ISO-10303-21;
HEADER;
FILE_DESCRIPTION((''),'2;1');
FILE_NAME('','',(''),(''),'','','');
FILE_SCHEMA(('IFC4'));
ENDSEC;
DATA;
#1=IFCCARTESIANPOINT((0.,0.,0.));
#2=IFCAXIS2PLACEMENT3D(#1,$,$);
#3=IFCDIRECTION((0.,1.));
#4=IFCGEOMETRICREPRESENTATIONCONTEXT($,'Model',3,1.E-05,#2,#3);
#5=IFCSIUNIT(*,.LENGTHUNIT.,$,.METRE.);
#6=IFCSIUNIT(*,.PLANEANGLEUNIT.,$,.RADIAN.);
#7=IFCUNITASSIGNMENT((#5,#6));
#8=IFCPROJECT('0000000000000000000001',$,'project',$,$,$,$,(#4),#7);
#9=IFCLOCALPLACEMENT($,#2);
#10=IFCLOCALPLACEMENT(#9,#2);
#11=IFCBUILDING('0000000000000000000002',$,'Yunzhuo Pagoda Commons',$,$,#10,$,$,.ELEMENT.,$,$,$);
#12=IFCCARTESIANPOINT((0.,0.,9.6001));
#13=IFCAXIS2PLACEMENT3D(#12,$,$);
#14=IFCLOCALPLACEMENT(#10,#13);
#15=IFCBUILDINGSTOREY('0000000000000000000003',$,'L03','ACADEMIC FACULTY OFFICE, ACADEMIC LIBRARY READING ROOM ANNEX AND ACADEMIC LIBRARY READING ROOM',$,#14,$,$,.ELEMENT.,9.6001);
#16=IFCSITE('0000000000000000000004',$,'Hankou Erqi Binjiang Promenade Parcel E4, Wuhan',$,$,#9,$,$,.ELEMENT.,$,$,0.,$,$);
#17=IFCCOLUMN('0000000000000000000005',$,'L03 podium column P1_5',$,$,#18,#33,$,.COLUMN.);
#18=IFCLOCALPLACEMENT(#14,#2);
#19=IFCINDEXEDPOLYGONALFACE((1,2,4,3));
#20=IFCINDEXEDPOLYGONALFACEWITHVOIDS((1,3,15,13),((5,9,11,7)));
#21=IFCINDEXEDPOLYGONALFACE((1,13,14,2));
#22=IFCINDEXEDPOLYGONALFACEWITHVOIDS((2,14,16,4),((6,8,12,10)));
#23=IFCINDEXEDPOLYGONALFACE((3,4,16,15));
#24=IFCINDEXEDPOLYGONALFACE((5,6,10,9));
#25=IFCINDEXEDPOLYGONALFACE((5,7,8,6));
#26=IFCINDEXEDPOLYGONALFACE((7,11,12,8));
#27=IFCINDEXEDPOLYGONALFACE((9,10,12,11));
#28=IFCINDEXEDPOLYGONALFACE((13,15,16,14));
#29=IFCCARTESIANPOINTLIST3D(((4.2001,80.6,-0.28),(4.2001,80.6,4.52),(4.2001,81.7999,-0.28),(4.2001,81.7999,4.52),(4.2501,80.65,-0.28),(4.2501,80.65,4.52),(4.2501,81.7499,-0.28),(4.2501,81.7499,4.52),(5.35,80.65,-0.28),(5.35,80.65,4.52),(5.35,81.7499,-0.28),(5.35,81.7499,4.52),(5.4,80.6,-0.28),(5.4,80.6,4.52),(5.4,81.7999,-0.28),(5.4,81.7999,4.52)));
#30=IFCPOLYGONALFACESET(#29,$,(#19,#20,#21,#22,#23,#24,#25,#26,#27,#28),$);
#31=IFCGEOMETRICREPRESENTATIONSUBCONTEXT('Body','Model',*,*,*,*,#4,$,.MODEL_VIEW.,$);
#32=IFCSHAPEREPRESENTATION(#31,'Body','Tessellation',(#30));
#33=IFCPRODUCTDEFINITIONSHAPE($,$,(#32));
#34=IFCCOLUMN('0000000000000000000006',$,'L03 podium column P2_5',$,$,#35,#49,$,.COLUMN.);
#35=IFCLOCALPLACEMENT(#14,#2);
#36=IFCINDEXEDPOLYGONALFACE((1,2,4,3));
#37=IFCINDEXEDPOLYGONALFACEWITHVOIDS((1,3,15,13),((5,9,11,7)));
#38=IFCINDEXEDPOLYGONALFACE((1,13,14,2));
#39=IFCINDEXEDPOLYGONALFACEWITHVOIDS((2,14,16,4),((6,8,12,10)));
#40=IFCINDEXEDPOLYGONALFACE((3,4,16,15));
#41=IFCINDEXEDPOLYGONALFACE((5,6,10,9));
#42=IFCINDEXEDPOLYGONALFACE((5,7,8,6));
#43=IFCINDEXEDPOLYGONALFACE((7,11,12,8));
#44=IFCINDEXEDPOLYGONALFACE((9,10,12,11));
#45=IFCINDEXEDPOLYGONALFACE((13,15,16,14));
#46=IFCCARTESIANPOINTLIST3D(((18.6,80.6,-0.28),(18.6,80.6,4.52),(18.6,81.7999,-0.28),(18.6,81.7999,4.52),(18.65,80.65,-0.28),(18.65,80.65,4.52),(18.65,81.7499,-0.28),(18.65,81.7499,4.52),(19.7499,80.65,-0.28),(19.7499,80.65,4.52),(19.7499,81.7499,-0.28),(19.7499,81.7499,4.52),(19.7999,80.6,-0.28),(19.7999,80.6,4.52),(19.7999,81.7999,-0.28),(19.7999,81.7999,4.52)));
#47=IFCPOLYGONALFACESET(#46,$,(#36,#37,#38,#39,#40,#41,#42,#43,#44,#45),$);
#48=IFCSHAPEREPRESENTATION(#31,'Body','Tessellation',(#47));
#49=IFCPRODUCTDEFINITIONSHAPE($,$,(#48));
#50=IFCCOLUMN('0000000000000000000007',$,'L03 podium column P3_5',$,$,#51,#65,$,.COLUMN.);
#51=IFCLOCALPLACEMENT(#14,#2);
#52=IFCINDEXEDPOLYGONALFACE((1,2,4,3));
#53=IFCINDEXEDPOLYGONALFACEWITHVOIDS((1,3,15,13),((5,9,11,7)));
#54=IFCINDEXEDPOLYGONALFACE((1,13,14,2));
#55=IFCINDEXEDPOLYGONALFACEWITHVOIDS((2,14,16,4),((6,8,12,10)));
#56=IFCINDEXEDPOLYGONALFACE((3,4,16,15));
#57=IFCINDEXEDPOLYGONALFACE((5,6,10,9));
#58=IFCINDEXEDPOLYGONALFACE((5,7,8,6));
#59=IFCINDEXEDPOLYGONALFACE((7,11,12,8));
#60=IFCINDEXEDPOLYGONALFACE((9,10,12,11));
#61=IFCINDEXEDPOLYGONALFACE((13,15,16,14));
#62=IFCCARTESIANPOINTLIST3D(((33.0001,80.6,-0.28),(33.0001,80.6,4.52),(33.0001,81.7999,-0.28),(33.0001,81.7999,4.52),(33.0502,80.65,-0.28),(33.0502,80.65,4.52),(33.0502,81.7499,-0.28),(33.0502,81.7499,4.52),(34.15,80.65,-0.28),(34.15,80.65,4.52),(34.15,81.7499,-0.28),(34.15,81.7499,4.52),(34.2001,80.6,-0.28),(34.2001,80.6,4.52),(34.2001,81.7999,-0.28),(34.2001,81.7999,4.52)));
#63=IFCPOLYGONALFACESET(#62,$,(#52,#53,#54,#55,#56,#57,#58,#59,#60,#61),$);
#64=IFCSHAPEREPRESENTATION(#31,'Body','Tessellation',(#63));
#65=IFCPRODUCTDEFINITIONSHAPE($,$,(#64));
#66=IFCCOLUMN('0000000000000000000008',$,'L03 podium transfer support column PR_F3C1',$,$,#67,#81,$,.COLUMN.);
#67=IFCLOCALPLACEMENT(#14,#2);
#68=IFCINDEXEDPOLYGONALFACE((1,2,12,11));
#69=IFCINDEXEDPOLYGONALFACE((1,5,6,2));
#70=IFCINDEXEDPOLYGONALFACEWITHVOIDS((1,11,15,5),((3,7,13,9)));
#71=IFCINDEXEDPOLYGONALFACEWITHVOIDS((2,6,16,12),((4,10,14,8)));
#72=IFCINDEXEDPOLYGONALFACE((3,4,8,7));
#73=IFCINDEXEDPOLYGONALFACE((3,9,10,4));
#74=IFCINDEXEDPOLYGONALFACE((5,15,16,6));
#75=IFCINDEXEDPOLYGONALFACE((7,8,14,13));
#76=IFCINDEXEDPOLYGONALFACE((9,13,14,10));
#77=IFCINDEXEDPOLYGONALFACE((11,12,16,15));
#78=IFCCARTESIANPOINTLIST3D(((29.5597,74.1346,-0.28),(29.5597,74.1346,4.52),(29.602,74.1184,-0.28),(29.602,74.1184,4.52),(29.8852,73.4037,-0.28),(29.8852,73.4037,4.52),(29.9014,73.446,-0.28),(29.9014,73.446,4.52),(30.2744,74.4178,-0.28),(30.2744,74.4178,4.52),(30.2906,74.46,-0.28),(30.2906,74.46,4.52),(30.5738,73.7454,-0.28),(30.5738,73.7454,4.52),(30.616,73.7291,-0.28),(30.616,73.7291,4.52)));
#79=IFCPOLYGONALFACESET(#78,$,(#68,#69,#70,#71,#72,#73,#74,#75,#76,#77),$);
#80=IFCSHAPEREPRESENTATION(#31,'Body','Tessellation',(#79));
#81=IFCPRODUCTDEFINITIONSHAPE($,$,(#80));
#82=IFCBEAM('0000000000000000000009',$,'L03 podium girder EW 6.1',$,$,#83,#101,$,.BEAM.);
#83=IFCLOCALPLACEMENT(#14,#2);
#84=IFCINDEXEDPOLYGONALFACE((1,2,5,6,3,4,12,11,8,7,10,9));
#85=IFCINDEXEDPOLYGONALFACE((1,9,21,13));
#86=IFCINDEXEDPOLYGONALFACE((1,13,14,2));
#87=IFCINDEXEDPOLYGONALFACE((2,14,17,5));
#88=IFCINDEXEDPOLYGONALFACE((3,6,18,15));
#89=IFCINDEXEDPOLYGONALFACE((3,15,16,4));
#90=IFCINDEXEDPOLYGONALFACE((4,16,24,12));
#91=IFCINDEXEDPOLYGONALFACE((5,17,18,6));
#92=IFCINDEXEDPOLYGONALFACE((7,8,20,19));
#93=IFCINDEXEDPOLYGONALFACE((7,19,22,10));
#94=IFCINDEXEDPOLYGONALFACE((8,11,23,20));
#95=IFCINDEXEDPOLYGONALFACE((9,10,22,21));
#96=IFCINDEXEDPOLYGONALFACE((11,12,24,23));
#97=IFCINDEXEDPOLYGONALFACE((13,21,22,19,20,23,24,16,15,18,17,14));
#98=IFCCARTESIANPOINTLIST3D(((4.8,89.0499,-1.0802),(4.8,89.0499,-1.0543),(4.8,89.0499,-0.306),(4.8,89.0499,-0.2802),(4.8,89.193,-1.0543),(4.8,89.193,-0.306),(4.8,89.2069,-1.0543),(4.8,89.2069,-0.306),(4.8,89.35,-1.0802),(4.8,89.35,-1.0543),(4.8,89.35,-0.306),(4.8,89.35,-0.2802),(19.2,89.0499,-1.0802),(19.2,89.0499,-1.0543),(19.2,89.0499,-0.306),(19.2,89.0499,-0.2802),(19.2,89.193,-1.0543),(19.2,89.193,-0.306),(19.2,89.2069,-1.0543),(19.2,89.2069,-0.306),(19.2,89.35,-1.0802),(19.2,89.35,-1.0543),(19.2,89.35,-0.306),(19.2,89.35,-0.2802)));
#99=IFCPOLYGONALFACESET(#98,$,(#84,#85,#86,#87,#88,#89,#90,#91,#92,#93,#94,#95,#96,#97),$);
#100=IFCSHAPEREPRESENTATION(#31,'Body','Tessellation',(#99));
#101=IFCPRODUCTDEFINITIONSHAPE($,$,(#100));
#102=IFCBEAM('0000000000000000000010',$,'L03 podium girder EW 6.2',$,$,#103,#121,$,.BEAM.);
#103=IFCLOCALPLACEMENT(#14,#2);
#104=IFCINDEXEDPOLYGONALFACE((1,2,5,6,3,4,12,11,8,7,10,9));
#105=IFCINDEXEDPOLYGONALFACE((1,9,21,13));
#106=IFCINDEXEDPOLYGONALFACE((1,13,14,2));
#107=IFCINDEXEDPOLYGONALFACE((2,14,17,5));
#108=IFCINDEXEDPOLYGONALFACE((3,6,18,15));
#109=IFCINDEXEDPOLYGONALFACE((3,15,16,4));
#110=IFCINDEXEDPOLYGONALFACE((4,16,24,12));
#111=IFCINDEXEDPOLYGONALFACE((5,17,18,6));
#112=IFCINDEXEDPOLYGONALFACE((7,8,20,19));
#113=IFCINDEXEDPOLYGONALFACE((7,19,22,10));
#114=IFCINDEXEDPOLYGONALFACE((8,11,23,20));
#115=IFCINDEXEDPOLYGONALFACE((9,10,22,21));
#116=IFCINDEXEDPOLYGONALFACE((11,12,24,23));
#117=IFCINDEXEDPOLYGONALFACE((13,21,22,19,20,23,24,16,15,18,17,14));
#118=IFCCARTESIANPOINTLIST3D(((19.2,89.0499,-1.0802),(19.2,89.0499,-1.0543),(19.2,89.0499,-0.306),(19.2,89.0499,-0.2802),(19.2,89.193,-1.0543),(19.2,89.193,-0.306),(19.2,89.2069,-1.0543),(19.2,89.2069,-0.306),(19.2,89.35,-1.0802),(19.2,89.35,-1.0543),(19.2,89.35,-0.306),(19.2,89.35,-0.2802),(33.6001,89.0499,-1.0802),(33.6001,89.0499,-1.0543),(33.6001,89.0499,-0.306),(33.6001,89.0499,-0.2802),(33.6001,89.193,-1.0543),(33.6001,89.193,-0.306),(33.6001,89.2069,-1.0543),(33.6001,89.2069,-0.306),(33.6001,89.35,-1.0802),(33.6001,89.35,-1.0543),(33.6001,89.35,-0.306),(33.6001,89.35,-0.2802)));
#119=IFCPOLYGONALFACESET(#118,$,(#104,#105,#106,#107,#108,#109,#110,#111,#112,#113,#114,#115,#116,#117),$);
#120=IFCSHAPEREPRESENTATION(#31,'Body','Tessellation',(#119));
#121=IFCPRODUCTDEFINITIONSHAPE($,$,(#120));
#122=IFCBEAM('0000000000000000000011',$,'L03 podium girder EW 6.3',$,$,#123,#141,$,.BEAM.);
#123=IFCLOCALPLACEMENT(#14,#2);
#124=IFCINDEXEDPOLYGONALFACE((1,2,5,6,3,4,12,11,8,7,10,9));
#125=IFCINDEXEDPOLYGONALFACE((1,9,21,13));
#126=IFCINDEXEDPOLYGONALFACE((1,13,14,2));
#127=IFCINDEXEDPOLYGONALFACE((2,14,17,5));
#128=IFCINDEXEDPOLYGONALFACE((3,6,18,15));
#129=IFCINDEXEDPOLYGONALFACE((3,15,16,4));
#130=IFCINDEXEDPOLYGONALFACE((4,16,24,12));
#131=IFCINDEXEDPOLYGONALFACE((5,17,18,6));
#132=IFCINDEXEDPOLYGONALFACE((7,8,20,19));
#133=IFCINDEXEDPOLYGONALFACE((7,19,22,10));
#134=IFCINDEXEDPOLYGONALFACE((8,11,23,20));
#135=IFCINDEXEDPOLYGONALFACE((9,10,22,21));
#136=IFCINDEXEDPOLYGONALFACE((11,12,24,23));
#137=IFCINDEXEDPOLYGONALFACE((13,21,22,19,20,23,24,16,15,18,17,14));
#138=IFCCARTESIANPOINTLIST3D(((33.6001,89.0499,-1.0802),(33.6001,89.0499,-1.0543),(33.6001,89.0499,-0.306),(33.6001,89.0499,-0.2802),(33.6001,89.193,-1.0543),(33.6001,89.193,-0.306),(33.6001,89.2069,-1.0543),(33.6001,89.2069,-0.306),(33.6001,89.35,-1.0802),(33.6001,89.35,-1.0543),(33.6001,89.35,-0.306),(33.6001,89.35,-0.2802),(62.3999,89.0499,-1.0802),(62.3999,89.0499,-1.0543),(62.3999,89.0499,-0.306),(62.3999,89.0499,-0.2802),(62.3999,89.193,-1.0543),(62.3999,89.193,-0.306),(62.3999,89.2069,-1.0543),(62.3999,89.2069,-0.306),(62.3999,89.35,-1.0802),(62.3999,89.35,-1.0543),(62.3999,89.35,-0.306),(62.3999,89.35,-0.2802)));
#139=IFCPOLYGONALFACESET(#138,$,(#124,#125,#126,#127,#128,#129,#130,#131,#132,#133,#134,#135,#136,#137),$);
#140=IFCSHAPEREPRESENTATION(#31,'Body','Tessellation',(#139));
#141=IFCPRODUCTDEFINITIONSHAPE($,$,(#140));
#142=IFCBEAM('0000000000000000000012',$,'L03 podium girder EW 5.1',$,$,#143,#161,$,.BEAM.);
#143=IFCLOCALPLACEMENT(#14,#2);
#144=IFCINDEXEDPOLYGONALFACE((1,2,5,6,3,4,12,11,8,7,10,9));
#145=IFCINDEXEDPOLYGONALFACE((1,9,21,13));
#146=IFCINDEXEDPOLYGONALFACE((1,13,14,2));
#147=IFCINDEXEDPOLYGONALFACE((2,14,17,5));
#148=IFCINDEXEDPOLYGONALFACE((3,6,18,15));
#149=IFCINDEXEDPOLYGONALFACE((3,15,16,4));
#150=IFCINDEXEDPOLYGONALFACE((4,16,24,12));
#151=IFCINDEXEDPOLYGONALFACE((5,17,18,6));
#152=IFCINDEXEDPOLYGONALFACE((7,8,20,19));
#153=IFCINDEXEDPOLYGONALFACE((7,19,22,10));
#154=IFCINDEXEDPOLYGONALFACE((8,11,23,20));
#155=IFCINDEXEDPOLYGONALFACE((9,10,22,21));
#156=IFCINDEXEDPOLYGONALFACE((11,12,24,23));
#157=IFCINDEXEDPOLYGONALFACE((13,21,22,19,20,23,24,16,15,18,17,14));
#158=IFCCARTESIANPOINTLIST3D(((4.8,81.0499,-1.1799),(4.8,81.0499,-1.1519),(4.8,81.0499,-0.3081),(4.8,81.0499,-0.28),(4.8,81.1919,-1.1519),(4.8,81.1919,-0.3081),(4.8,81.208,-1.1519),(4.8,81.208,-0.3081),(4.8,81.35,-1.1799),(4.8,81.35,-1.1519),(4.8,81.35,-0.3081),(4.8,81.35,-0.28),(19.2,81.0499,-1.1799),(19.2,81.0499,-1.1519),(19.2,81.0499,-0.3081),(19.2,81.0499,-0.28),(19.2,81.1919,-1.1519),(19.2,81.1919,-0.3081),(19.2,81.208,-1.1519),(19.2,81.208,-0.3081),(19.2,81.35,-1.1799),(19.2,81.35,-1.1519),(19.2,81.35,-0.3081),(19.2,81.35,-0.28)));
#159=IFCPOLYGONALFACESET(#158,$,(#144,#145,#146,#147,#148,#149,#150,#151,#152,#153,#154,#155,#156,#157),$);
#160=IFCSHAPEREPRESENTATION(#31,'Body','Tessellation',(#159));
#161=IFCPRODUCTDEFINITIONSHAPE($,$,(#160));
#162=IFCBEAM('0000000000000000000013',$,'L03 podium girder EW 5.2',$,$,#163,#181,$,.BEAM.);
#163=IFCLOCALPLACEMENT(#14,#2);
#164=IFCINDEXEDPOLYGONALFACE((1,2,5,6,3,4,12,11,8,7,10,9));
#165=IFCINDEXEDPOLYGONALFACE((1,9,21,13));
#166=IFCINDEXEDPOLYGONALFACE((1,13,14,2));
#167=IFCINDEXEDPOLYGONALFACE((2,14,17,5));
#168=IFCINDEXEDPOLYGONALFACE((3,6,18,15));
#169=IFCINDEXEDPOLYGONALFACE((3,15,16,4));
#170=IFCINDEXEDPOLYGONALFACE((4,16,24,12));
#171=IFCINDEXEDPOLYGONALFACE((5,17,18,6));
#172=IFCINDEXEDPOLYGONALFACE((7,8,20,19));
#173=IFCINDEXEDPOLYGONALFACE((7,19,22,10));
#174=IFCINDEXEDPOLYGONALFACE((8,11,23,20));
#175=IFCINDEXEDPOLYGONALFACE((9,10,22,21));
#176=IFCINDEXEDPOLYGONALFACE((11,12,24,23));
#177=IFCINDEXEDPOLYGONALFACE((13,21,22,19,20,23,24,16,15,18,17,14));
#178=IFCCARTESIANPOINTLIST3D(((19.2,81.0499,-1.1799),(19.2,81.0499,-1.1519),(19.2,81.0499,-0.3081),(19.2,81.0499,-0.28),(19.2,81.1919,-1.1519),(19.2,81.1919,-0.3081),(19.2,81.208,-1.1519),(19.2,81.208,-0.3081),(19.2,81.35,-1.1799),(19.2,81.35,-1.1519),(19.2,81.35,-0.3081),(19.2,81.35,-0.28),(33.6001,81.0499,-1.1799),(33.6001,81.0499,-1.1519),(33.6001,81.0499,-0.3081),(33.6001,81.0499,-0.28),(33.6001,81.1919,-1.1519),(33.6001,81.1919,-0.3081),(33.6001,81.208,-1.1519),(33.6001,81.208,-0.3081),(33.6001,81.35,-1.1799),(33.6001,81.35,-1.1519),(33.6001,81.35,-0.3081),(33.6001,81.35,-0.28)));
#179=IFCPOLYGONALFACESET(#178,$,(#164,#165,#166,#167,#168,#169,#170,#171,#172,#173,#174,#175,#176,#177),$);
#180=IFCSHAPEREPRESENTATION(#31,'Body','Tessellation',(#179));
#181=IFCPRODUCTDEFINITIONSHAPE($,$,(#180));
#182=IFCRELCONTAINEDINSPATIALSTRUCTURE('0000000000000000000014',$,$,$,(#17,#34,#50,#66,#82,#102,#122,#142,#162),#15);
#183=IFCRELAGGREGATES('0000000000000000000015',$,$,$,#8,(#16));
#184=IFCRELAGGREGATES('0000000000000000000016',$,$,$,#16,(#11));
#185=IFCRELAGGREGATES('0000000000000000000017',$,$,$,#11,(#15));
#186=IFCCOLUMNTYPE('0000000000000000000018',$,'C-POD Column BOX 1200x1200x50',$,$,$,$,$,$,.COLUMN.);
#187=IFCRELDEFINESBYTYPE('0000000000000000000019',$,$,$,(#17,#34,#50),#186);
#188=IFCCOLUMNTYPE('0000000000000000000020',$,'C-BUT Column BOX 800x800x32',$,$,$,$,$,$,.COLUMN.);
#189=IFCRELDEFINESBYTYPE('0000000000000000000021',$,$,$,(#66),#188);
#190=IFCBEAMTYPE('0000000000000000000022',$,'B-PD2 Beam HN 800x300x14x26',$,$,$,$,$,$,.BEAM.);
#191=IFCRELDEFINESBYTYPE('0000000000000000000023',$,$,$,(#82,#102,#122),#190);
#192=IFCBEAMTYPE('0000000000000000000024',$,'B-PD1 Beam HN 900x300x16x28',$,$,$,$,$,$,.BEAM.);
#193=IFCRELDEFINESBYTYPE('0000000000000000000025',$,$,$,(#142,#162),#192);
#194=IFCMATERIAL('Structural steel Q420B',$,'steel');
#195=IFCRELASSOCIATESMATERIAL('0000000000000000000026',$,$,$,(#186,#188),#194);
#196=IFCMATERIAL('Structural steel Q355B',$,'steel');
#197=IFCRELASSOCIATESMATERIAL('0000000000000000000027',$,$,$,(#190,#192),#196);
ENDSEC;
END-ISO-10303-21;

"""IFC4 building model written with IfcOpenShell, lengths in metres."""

from ifc_helpers import new_model, si_unit, direction, frame, origin, origin_2d, place, context, subcontext, project, spatial, hollow_rectangle, i_section, extrude, source, transform, mapped, material, material_profile, profile_set, type_object, element, save


model = new_model("IFC4")

# Units and contexts
model_context = context("Model", 3, precision=1e-05, world=origin(), true_north=direction((0.0, 1.0)))
body_context = subcontext(model_context, "Body", "Model", "MODEL_VIEW")
ifc_project = project(units=[si_unit("LENGTHUNIT", "METRE"), si_unit("PLANEANGLEUNIT", "RADIAN")], contexts=[model_context])

# Site, building, storey
site_placement = place(None, origin())
site = spatial("IfcSite", under=ifc_project, at=site_placement, Name="Hankou Erqi Binjiang Promenade Parcel E4, Wuhan", CompositionType="ELEMENT", RefElevation=0.0)
building_placement = place(site_placement, origin())
building = spatial("IfcBuilding", under=site, at=building_placement, Name="Yunzhuo Pagoda Commons", CompositionType="ELEMENT")
storey_placement = place(building_placement, frame((0.0, 0.0, 9.6001)))
storey = spatial("IfcBuildingStorey", under=building, at=storey_placement, Name="L03", Description="ACADEMIC FACULTY OFFICE, ACADEMIC LIBRARY READING ROOM ANNEX AND ACADEMIC LIBRARY READING ROOM", CompositionType="ELEMENT", Elevation=9.6001)

# Columns
ifc_material_1 = material(Name="Structural steel Q420B", Category="steel")
ifc_material_profile_1 = material_profile(ifc_material_1, hollow_rectangle(XDim=1.2, YDim=1.2, WallThickness=0.05, at=origin_2d()), Name="Structural steel Q420B")
ifc_profile_set_1 = profile_set([ifc_material_profile_1], Name="Structural steel Q420B")
column_type_1 = type_object("IfcColumnType", Name="C-POD Column BOX 1200x1200x50", PredefinedType="COLUMN", material=ifc_profile_set_1)
shared_shape_1 = source(origin(), body_context, "Body", "SweptSolid", [
    extrude(hollow_rectangle(XDim=1.2, YDim=1.2, WallThickness=0.05, at=origin_2d()), origin(), (0.0, 0.0, 1.0), 4.8),
])
for number, where, z_axis, x_axis, name in (
    (1, (4.8, 81.2, -0.28), (0.0, 0.0, 1.0), (1.0, 0.0, 0.0), "L03 podium column P1_5"),
    (2, (19.2, 81.2, -0.28), (0.0, 0.0, 1.0), (1.0, 0.0, 0.0), "L03 podium column P2_5"),
    (3, (33.6001, 81.2, -0.28), (0.0, 0.0, 1.0), (1.0, 0.0, 0.0), "L03 podium column P3_5"),
):
    element("IfcColumn", number, at=place(storey_placement, frame(where, z_axis=z_axis, x_axis=x_axis)), inside=storey, type_object=column_type_1, Name=name, PredefinedType="COLUMN", context=body_context, shape_type="MappedRepresentation", body=[
        mapped(shared_shape_1, transform((0.0, 0.0, 0.0), scale=1.0)),
    ])
ifc_material_profile_2 = material_profile(ifc_material_1, hollow_rectangle(XDim=0.8, YDim=0.8, WallThickness=0.032, at=origin_2d()), Name="Structural steel Q420B")
ifc_profile_set_2 = profile_set([ifc_material_profile_2], Name="Structural steel Q420B")
column_type_2 = type_object("IfcColumnType", Name="C-BUT Column BOX 800x800x32", PredefinedType="COLUMN", material=ifc_profile_set_2)
shared_shape_2 = source(origin(), body_context, "Body", "SweptSolid", [
    extrude(hollow_rectangle(XDim=0.8, YDim=0.8, WallThickness=0.032, at=origin_2d()), origin(), (0.0, 0.0, 1.0), 4.8),
])
column_placement = place(storey_placement, frame((30.0879, 73.9319, -0.28), z_axis=(0.0, 0.0, 1.0), x_axis=(-0.913545, -0.406737, 0.0)))
element("IfcColumn", 4, at=column_placement, inside=storey, type_object=column_type_2, Name="L03 podium transfer support column PR_F3C1", PredefinedType="COLUMN", context=body_context, shape_type="MappedRepresentation", body=[
    mapped(shared_shape_2, transform((0.0, 0.0, 0.0), scale=1.0)),
])

# Beams
ifc_material_2 = material(Name="Structural steel Q355B", Category="steel")
ifc_material_profile_3 = material_profile(ifc_material_2, i_section(OverallWidth=0.3, OverallDepth=0.8, WebThickness=0.0139, FlangeThickness=0.0259, at=origin_2d()), Name="Structural steel Q355B")
ifc_profile_set_3 = profile_set([ifc_material_profile_3], Name="Structural steel Q355B")
beam_type_1 = type_object("IfcBeamType", Name="B-PD2 Beam HN 800x300x14x26", PredefinedType="BEAM", material=ifc_profile_set_3)
shared_shape_3 = source(origin(), body_context, "Body", "SweptSolid", [
    extrude(i_section(OverallWidth=0.3, OverallDepth=0.8, WebThickness=0.0139, FlangeThickness=0.0259, at=origin_2d()), origin(), (0.0, 0.0, 1.0), 14.3999),
])
beam_1_placement = place(storey_placement, frame((4.8, 89.2, -0.6802), z_axis=(1.0, 0.0, 0.0), x_axis=(0.0, 1.0, 0.0)))
element("IfcBeam", 5, at=beam_1_placement, inside=storey, type_object=beam_type_1, Name="L03 podium girder EW 6.1", PredefinedType="BEAM", context=body_context, shape_type="MappedRepresentation", body=[
    mapped(shared_shape_3, transform((0.0, 0.0, 0.0), scale=1.0)),
])
shared_shape_4 = source(origin(), body_context, "Body", "SweptSolid", [
    extrude(i_section(OverallWidth=0.3, OverallDepth=0.8, WebThickness=0.0139, FlangeThickness=0.0259, at=origin_2d()), origin(), (0.0, 0.0, 1.0), 14.4001),
])
beam_2_placement = place(storey_placement, frame((19.2, 89.2, -0.6802), z_axis=(1.0, 0.0, 0.0), x_axis=(0.0, 1.0, 0.0)))
element("IfcBeam", 6, at=beam_2_placement, inside=storey, type_object=beam_type_1, Name="L03 podium girder EW 6.2", PredefinedType="BEAM", context=body_context, shape_type="MappedRepresentation", body=[
    mapped(shared_shape_4, transform((0.0, 0.0, 0.0), scale=1.0)),
])
shared_shape_5 = source(origin(), body_context, "Body", "SweptSolid", [
    extrude(i_section(OverallWidth=0.3, OverallDepth=0.8, WebThickness=0.0139, FlangeThickness=0.0259, at=origin_2d()), origin(), (0.0, 0.0, 1.0), 28.7998),
])
beam_3_placement = place(storey_placement, frame((33.6001, 89.2, -0.6802), z_axis=(1.0, 0.0, 0.0), x_axis=(0.0, 1.0, 0.0)))
element("IfcBeam", 7, at=beam_3_placement, inside=storey, type_object=beam_type_1, Name="L03 podium girder EW 6.3", PredefinedType="BEAM", context=body_context, shape_type="MappedRepresentation", body=[
    mapped(shared_shape_5, transform((0.0, 0.0, 0.0), scale=1.0)),
])
ifc_material_profile_4 = material_profile(ifc_material_2, i_section(OverallWidth=0.3, OverallDepth=0.8999, WebThickness=0.0161, FlangeThickness=0.0281, at=origin_2d()), Name="Structural steel Q355B")
ifc_profile_set_4 = profile_set([ifc_material_profile_4], Name="Structural steel Q355B")
beam_type_2 = type_object("IfcBeamType", Name="B-PD1 Beam HN 900x300x16x28", PredefinedType="BEAM", material=ifc_profile_set_4)
shared_shape_6 = source(origin(), body_context, "Body", "SweptSolid", [
    extrude(i_section(OverallWidth=0.3, OverallDepth=0.8999, WebThickness=0.0161, FlangeThickness=0.0281, at=origin_2d()), origin(), (0.0, 0.0, 1.0), 14.3999),
])
beam_4_placement = place(storey_placement, frame((4.8, 81.2, -0.73), z_axis=(1.0, 0.0, 0.0), x_axis=(0.0, 1.0, 0.0)))
element("IfcBeam", 8, at=beam_4_placement, inside=storey, type_object=beam_type_2, Name="L03 podium girder EW 5.1", PredefinedType="BEAM", context=body_context, shape_type="MappedRepresentation", body=[
    mapped(shared_shape_6, transform((0.0, 0.0, 0.0), scale=1.0)),
])
shared_shape_7 = source(origin(), body_context, "Body", "SweptSolid", [
    extrude(i_section(OverallWidth=0.3, OverallDepth=0.8999, WebThickness=0.0161, FlangeThickness=0.0281, at=origin_2d()), origin(), (0.0, 0.0, 1.0), 14.4001),
])
beam_5_placement = place(storey_placement, frame((19.2, 81.2, -0.73), z_axis=(1.0, 0.0, 0.0), x_axis=(0.0, 1.0, 0.0)))
element("IfcBeam", 9, at=beam_5_placement, inside=storey, type_object=beam_type_2, Name="L03 podium girder EW 5.2", PredefinedType="BEAM", context=body_context, shape_type="MappedRepresentation", body=[
    mapped(shared_shape_7, transform((0.0, 0.0, 0.0), scale=1.0)),
])

save(model, "model.ifc")
